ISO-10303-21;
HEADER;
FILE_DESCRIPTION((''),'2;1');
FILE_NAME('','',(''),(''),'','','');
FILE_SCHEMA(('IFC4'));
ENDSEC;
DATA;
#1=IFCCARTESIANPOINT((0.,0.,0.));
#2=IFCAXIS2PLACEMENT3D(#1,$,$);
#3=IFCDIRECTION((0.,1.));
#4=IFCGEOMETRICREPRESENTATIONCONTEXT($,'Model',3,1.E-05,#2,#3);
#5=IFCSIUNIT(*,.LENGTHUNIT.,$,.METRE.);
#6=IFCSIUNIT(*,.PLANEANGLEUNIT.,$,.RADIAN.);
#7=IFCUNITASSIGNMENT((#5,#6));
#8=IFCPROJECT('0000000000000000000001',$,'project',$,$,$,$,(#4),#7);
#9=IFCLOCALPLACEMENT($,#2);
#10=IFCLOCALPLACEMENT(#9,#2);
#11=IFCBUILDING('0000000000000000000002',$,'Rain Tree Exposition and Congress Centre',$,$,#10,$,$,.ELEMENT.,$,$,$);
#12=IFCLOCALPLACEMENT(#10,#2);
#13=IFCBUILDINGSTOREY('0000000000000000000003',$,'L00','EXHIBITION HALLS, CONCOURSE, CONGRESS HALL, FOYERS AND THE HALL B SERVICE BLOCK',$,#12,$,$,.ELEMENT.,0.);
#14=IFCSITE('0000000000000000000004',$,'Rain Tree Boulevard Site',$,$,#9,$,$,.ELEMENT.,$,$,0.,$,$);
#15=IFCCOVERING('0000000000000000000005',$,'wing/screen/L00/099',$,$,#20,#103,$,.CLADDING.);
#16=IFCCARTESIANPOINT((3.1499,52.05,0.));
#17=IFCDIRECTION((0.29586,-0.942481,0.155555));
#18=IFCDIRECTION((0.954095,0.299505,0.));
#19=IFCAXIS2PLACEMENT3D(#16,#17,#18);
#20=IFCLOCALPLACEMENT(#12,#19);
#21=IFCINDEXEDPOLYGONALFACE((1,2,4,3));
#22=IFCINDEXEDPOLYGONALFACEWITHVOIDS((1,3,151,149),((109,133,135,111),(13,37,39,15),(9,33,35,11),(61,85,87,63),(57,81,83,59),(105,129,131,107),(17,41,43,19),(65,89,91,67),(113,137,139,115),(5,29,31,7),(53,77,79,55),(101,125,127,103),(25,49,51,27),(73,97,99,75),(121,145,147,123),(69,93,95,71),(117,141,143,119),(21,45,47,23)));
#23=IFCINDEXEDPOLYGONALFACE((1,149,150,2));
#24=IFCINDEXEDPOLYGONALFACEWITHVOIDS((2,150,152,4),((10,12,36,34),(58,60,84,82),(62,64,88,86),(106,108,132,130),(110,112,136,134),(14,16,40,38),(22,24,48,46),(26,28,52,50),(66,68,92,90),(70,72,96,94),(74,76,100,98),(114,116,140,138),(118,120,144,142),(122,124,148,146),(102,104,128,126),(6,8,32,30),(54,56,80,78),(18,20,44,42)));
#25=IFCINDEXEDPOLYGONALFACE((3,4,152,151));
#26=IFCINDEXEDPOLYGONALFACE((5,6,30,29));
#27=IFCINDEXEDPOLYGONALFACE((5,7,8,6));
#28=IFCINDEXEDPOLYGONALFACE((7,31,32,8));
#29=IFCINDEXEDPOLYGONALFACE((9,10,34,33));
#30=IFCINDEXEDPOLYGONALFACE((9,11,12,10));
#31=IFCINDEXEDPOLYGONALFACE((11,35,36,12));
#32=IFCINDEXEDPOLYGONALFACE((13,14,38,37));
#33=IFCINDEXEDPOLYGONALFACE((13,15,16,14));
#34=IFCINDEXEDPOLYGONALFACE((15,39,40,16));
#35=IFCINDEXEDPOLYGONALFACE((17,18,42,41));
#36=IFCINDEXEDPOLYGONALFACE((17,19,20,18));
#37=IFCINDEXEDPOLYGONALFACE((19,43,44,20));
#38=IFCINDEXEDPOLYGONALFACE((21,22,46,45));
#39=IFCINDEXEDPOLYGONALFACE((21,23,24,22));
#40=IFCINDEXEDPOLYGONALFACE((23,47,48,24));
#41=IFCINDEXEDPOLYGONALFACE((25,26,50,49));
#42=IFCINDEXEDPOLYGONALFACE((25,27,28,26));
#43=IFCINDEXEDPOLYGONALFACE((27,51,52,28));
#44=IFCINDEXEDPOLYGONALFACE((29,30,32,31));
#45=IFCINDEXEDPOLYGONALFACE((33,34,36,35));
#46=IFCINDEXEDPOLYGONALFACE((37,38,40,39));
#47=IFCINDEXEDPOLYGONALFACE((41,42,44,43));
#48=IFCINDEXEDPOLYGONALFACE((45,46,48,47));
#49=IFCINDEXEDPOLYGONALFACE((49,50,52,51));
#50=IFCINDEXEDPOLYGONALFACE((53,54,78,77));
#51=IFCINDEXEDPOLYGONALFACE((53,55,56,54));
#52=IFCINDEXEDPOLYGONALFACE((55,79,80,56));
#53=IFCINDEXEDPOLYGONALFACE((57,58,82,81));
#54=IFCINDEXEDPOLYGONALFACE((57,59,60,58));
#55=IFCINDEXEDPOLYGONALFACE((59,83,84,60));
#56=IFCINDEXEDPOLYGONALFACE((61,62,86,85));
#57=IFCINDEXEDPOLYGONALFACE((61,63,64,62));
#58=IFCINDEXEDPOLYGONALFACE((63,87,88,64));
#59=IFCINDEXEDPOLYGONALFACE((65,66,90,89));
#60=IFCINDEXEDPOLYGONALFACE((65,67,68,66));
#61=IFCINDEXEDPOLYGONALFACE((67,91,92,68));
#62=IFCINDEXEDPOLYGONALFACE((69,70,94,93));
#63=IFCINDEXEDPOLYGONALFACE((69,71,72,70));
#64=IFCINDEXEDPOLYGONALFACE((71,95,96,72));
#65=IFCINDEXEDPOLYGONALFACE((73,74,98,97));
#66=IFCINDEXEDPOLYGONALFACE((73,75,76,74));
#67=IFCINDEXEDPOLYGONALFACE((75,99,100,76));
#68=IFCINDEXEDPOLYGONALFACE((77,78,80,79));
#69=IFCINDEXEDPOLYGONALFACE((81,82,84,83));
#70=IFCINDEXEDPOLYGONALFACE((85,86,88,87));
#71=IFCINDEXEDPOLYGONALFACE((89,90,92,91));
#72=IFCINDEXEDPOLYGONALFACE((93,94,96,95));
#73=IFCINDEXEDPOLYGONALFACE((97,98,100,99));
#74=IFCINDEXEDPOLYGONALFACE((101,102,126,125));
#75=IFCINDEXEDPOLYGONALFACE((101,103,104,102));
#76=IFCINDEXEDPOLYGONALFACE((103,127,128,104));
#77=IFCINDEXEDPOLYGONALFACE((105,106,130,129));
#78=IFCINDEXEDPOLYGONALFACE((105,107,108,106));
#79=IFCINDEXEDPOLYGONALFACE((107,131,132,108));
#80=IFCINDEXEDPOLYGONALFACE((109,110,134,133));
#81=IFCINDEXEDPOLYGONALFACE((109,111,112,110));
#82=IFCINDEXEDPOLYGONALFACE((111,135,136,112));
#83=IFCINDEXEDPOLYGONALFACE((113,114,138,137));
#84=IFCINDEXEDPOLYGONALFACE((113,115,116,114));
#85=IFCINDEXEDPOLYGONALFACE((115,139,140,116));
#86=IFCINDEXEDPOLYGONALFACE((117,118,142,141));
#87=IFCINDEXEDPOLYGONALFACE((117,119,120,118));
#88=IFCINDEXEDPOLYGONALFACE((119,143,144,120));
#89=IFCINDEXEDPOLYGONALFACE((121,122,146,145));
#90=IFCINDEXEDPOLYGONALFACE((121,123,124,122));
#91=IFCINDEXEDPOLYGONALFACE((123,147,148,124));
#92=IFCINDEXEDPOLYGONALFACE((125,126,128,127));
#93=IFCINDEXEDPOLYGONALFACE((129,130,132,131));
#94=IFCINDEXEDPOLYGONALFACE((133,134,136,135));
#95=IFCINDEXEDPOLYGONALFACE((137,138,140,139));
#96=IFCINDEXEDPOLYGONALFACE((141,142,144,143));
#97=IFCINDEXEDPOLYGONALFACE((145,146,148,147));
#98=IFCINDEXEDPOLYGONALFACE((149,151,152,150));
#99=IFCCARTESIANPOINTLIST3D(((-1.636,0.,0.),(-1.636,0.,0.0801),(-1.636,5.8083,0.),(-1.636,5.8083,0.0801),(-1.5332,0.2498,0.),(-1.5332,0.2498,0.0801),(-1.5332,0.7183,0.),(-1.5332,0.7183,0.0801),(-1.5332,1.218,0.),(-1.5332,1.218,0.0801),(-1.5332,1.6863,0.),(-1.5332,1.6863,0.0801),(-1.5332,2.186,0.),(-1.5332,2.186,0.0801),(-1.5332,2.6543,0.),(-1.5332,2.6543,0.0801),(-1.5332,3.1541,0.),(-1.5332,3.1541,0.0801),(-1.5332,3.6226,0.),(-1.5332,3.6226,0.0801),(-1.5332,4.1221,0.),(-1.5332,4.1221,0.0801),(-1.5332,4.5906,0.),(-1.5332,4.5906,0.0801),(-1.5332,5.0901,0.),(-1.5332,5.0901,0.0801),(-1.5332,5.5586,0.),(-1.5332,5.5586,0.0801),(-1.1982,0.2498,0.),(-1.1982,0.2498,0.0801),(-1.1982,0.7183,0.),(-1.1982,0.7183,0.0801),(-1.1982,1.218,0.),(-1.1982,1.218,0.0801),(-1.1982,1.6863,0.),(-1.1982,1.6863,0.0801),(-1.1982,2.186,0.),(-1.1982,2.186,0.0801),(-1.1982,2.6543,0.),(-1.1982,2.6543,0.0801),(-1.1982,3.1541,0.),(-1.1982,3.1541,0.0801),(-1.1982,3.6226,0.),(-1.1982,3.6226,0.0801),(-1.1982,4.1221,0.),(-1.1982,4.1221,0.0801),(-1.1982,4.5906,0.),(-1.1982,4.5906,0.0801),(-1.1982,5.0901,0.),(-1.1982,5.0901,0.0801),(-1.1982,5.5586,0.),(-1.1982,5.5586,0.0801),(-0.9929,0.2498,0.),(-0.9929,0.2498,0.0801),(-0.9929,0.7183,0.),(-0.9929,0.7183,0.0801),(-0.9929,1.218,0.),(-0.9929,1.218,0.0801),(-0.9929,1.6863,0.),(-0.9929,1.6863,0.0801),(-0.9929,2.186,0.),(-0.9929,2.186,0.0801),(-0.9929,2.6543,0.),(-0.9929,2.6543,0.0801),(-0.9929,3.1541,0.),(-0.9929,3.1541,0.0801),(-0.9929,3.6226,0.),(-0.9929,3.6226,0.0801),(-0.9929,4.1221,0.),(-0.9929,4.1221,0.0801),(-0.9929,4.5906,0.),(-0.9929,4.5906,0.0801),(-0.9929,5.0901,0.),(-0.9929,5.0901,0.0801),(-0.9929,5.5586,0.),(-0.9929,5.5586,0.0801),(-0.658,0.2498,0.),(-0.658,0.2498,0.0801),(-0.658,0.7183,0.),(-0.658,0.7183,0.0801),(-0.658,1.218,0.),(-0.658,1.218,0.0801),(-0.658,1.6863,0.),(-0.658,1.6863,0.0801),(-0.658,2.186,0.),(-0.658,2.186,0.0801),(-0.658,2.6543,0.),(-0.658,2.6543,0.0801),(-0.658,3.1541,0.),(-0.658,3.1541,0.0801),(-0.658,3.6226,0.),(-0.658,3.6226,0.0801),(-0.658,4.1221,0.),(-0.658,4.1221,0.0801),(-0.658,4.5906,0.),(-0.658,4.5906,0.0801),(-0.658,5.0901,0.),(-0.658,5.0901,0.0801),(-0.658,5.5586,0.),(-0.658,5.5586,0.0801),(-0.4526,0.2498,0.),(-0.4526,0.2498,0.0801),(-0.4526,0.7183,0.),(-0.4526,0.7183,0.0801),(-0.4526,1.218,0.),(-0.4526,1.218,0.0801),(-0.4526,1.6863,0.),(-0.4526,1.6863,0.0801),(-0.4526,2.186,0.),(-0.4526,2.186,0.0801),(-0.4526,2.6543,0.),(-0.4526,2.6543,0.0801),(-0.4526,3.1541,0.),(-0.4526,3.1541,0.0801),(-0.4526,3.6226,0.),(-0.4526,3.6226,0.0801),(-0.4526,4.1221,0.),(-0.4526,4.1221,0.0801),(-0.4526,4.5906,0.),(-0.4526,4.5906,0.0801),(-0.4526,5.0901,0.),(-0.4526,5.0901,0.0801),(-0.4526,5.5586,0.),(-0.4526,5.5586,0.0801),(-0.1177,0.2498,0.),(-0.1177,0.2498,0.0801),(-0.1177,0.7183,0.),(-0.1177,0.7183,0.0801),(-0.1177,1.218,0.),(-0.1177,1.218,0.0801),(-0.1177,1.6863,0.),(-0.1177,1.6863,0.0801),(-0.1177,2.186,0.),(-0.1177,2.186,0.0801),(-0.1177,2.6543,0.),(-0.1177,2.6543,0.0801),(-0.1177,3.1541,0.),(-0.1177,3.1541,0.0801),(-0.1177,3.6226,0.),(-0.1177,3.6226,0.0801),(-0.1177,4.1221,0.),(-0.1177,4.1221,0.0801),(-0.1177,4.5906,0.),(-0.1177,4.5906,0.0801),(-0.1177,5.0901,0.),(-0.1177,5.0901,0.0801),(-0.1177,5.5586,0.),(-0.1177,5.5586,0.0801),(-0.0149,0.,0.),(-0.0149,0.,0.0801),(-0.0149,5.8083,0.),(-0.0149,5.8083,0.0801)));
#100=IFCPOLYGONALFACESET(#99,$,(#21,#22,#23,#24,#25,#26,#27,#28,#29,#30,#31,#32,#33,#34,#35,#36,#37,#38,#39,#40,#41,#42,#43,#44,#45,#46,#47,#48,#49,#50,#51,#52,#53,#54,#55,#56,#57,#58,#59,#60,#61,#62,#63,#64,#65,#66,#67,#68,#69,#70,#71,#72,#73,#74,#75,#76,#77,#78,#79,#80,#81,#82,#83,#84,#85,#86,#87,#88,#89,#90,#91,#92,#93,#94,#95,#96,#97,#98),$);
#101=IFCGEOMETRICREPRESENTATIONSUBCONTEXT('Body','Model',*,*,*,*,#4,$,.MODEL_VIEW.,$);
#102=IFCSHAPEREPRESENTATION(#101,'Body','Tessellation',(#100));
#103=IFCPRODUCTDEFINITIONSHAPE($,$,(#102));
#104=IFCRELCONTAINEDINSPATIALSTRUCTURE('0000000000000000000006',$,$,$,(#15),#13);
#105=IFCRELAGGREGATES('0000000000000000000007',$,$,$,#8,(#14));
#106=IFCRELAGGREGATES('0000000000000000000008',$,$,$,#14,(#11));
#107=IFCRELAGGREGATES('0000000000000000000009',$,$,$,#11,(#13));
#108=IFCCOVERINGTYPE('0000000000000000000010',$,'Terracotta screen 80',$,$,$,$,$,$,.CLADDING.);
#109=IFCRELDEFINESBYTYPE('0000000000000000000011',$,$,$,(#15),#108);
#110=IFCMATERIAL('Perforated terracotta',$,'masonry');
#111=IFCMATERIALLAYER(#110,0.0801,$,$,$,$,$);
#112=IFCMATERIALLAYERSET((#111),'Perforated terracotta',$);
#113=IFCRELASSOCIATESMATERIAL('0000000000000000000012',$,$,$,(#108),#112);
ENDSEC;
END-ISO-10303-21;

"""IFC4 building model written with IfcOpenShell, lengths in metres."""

from ifc_helpers import new_model, si_unit, direction, frame, origin, place, context, subcontext, project, spatial, polyline, outline, extrude, material, layer, layer_set, type_object, element, save


model = new_model("IFC4")

# Units and contexts
model_context = context("Model", 3, precision=1e-05, world=origin(), true_north=direction((0.0, 1.0)))
body_context = subcontext(model_context, "Body", "Model", "MODEL_VIEW")
ifc_project = project(units=[si_unit("LENGTHUNIT", "METRE"), si_unit("PLANEANGLEUNIT", "RADIAN")], contexts=[model_context])

# Site, building, storey
site_placement = place(None, origin())
site = spatial("IfcSite", under=ifc_project, at=site_placement, Name="Rain Tree Boulevard Site", CompositionType="ELEMENT", RefElevation=0.0)
building_placement = place(site_placement, origin())
building = spatial("IfcBuilding", under=site, at=building_placement, Name="Rain Tree Exposition and Congress Centre", CompositionType="ELEMENT")
storey_placement = place(building_placement, origin())
storey = spatial("IfcBuildingStorey", under=building, at=storey_placement, Name="L00", Description="EXHIBITION HALLS, CONCOURSE, CONGRESS HALL, FOYERS AND THE HALL B SERVICE BLOCK", CompositionType="ELEMENT", Elevation=0.0)

# Covering
ifc_material_1 = material(Name="Perforated terracotta", Category="masonry")
ifc_layer = layer(ifc_material_1, 0.0801)
ifc_layer_set = layer_set([ifc_layer], Name="Perforated terracotta")
covering_type = type_object("IfcCoveringType", Name="Terracotta screen 80", PredefinedType="CLADDING", material=ifc_layer_set)
covering_1_placement = place(storey_placement, frame((3.1499, 52.05, 0.0), z_axis=(0.29586, -0.942481, 0.155555), x_axis=(0.954095, 0.299505, 0.0)))
element("IfcCovering", 1, at=covering_1_placement, inside=storey, type_object=covering_type, Name="wing/screen/L00/099", PredefinedType="CLADDING", context=body_context, shape_type="SweptSolid", body=[
    extrude(outline(polyline([(-0.0149, 5.8083), (-0.0149, 0.0), (-1.636, 0.0), (-1.636, 5.8083), (-0.0149, 5.8083)]), holes=[polyline([(-0.1177, 0.2498), (-0.1177, 0.7183), (-0.4526, 0.7183), (-0.4526, 0.2498), (-0.1177, 0.2498)]), polyline([(-0.1177, 1.218), (-0.1177, 1.6863), (-0.4526, 1.6863), (-0.4526, 1.218), (-0.1177, 1.218)]), polyline([(-0.1177, 2.186), (-0.1177, 2.6543), (-0.4526, 2.6543), (-0.4526, 2.186), (-0.1177, 2.186)]), polyline([(-0.1177, 3.1541), (-0.1177, 3.6226), (-0.4526, 3.6226), (-0.4526, 3.1541), (-0.1177, 3.1541)]), polyline([(-0.1177, 4.1221), (-0.1177, 4.5906), (-0.4526, 4.5906), (-0.4526, 4.1221), (-0.1177, 4.1221)]), polyline([(-0.1177, 5.0901), (-0.1177, 5.5586), (-0.4526, 5.5586), (-0.4526, 5.0901), (-0.1177, 5.0901)]), polyline([(-0.658, 0.2498), (-0.658, 0.7183), (-0.9929, 0.7183), (-0.9929, 0.2498), (-0.658, 0.2498)]), polyline([(-0.658, 1.218), (-0.658, 1.6863), (-0.9929, 1.6863), (-0.9929, 1.218), (-0.658, 1.218)]), polyline([(-0.658, 2.186), (-0.658, 2.6543), (-0.9929, 2.6543), (-0.9929, 2.186), (-0.658, 2.186)]), polyline([(-0.658, 3.1541), (-0.658, 3.6226), (-0.9929, 3.6226), (-0.9929, 3.1541), (-0.658, 3.1541)]), polyline([(-0.658, 4.1221), (-0.658, 4.5906), (-0.9929, 4.5906), (-0.9929, 4.1221), (-0.658, 4.1221)]), polyline([(-0.658, 5.0901), (-0.658, 5.5586), (-0.9929, 5.5586), (-0.9929, 5.0901), (-0.658, 5.0901)]), polyline([(-1.1982, 0.2498), (-1.1982, 0.7183), (-1.5332, 0.7183), (-1.5332, 0.2498), (-1.1982, 0.2498)]), polyline([(-1.1982, 1.218), (-1.1982, 1.6863), (-1.5332, 1.6863), (-1.5332, 1.218), (-1.1982, 1.218)]), polyline([(-1.1982, 2.186), (-1.1982, 2.6543), (-1.5332, 2.6543), (-1.5332, 2.186), (-1.1982, 2.186)]), polyline([(-1.1982, 3.1541), (-1.1982, 3.6226), (-1.5332, 3.6226), (-1.5332, 3.1541), (-1.1982, 3.1541)]), polyline([(-1.1982, 4.1221), (-1.1982, 4.5906), (-1.5332, 4.5906), (-1.5332, 4.1221), (-1.1982, 4.1221)]), polyline([(-1.1982, 5.0901), (-1.1982, 5.5586), (-1.5332, 5.5586), (-1.5332, 5.0901), (-1.1982, 5.0901)])]), origin(), (0.0, 0.0, 1.0), 0.0801),
])

save(model, "model.ifc")
